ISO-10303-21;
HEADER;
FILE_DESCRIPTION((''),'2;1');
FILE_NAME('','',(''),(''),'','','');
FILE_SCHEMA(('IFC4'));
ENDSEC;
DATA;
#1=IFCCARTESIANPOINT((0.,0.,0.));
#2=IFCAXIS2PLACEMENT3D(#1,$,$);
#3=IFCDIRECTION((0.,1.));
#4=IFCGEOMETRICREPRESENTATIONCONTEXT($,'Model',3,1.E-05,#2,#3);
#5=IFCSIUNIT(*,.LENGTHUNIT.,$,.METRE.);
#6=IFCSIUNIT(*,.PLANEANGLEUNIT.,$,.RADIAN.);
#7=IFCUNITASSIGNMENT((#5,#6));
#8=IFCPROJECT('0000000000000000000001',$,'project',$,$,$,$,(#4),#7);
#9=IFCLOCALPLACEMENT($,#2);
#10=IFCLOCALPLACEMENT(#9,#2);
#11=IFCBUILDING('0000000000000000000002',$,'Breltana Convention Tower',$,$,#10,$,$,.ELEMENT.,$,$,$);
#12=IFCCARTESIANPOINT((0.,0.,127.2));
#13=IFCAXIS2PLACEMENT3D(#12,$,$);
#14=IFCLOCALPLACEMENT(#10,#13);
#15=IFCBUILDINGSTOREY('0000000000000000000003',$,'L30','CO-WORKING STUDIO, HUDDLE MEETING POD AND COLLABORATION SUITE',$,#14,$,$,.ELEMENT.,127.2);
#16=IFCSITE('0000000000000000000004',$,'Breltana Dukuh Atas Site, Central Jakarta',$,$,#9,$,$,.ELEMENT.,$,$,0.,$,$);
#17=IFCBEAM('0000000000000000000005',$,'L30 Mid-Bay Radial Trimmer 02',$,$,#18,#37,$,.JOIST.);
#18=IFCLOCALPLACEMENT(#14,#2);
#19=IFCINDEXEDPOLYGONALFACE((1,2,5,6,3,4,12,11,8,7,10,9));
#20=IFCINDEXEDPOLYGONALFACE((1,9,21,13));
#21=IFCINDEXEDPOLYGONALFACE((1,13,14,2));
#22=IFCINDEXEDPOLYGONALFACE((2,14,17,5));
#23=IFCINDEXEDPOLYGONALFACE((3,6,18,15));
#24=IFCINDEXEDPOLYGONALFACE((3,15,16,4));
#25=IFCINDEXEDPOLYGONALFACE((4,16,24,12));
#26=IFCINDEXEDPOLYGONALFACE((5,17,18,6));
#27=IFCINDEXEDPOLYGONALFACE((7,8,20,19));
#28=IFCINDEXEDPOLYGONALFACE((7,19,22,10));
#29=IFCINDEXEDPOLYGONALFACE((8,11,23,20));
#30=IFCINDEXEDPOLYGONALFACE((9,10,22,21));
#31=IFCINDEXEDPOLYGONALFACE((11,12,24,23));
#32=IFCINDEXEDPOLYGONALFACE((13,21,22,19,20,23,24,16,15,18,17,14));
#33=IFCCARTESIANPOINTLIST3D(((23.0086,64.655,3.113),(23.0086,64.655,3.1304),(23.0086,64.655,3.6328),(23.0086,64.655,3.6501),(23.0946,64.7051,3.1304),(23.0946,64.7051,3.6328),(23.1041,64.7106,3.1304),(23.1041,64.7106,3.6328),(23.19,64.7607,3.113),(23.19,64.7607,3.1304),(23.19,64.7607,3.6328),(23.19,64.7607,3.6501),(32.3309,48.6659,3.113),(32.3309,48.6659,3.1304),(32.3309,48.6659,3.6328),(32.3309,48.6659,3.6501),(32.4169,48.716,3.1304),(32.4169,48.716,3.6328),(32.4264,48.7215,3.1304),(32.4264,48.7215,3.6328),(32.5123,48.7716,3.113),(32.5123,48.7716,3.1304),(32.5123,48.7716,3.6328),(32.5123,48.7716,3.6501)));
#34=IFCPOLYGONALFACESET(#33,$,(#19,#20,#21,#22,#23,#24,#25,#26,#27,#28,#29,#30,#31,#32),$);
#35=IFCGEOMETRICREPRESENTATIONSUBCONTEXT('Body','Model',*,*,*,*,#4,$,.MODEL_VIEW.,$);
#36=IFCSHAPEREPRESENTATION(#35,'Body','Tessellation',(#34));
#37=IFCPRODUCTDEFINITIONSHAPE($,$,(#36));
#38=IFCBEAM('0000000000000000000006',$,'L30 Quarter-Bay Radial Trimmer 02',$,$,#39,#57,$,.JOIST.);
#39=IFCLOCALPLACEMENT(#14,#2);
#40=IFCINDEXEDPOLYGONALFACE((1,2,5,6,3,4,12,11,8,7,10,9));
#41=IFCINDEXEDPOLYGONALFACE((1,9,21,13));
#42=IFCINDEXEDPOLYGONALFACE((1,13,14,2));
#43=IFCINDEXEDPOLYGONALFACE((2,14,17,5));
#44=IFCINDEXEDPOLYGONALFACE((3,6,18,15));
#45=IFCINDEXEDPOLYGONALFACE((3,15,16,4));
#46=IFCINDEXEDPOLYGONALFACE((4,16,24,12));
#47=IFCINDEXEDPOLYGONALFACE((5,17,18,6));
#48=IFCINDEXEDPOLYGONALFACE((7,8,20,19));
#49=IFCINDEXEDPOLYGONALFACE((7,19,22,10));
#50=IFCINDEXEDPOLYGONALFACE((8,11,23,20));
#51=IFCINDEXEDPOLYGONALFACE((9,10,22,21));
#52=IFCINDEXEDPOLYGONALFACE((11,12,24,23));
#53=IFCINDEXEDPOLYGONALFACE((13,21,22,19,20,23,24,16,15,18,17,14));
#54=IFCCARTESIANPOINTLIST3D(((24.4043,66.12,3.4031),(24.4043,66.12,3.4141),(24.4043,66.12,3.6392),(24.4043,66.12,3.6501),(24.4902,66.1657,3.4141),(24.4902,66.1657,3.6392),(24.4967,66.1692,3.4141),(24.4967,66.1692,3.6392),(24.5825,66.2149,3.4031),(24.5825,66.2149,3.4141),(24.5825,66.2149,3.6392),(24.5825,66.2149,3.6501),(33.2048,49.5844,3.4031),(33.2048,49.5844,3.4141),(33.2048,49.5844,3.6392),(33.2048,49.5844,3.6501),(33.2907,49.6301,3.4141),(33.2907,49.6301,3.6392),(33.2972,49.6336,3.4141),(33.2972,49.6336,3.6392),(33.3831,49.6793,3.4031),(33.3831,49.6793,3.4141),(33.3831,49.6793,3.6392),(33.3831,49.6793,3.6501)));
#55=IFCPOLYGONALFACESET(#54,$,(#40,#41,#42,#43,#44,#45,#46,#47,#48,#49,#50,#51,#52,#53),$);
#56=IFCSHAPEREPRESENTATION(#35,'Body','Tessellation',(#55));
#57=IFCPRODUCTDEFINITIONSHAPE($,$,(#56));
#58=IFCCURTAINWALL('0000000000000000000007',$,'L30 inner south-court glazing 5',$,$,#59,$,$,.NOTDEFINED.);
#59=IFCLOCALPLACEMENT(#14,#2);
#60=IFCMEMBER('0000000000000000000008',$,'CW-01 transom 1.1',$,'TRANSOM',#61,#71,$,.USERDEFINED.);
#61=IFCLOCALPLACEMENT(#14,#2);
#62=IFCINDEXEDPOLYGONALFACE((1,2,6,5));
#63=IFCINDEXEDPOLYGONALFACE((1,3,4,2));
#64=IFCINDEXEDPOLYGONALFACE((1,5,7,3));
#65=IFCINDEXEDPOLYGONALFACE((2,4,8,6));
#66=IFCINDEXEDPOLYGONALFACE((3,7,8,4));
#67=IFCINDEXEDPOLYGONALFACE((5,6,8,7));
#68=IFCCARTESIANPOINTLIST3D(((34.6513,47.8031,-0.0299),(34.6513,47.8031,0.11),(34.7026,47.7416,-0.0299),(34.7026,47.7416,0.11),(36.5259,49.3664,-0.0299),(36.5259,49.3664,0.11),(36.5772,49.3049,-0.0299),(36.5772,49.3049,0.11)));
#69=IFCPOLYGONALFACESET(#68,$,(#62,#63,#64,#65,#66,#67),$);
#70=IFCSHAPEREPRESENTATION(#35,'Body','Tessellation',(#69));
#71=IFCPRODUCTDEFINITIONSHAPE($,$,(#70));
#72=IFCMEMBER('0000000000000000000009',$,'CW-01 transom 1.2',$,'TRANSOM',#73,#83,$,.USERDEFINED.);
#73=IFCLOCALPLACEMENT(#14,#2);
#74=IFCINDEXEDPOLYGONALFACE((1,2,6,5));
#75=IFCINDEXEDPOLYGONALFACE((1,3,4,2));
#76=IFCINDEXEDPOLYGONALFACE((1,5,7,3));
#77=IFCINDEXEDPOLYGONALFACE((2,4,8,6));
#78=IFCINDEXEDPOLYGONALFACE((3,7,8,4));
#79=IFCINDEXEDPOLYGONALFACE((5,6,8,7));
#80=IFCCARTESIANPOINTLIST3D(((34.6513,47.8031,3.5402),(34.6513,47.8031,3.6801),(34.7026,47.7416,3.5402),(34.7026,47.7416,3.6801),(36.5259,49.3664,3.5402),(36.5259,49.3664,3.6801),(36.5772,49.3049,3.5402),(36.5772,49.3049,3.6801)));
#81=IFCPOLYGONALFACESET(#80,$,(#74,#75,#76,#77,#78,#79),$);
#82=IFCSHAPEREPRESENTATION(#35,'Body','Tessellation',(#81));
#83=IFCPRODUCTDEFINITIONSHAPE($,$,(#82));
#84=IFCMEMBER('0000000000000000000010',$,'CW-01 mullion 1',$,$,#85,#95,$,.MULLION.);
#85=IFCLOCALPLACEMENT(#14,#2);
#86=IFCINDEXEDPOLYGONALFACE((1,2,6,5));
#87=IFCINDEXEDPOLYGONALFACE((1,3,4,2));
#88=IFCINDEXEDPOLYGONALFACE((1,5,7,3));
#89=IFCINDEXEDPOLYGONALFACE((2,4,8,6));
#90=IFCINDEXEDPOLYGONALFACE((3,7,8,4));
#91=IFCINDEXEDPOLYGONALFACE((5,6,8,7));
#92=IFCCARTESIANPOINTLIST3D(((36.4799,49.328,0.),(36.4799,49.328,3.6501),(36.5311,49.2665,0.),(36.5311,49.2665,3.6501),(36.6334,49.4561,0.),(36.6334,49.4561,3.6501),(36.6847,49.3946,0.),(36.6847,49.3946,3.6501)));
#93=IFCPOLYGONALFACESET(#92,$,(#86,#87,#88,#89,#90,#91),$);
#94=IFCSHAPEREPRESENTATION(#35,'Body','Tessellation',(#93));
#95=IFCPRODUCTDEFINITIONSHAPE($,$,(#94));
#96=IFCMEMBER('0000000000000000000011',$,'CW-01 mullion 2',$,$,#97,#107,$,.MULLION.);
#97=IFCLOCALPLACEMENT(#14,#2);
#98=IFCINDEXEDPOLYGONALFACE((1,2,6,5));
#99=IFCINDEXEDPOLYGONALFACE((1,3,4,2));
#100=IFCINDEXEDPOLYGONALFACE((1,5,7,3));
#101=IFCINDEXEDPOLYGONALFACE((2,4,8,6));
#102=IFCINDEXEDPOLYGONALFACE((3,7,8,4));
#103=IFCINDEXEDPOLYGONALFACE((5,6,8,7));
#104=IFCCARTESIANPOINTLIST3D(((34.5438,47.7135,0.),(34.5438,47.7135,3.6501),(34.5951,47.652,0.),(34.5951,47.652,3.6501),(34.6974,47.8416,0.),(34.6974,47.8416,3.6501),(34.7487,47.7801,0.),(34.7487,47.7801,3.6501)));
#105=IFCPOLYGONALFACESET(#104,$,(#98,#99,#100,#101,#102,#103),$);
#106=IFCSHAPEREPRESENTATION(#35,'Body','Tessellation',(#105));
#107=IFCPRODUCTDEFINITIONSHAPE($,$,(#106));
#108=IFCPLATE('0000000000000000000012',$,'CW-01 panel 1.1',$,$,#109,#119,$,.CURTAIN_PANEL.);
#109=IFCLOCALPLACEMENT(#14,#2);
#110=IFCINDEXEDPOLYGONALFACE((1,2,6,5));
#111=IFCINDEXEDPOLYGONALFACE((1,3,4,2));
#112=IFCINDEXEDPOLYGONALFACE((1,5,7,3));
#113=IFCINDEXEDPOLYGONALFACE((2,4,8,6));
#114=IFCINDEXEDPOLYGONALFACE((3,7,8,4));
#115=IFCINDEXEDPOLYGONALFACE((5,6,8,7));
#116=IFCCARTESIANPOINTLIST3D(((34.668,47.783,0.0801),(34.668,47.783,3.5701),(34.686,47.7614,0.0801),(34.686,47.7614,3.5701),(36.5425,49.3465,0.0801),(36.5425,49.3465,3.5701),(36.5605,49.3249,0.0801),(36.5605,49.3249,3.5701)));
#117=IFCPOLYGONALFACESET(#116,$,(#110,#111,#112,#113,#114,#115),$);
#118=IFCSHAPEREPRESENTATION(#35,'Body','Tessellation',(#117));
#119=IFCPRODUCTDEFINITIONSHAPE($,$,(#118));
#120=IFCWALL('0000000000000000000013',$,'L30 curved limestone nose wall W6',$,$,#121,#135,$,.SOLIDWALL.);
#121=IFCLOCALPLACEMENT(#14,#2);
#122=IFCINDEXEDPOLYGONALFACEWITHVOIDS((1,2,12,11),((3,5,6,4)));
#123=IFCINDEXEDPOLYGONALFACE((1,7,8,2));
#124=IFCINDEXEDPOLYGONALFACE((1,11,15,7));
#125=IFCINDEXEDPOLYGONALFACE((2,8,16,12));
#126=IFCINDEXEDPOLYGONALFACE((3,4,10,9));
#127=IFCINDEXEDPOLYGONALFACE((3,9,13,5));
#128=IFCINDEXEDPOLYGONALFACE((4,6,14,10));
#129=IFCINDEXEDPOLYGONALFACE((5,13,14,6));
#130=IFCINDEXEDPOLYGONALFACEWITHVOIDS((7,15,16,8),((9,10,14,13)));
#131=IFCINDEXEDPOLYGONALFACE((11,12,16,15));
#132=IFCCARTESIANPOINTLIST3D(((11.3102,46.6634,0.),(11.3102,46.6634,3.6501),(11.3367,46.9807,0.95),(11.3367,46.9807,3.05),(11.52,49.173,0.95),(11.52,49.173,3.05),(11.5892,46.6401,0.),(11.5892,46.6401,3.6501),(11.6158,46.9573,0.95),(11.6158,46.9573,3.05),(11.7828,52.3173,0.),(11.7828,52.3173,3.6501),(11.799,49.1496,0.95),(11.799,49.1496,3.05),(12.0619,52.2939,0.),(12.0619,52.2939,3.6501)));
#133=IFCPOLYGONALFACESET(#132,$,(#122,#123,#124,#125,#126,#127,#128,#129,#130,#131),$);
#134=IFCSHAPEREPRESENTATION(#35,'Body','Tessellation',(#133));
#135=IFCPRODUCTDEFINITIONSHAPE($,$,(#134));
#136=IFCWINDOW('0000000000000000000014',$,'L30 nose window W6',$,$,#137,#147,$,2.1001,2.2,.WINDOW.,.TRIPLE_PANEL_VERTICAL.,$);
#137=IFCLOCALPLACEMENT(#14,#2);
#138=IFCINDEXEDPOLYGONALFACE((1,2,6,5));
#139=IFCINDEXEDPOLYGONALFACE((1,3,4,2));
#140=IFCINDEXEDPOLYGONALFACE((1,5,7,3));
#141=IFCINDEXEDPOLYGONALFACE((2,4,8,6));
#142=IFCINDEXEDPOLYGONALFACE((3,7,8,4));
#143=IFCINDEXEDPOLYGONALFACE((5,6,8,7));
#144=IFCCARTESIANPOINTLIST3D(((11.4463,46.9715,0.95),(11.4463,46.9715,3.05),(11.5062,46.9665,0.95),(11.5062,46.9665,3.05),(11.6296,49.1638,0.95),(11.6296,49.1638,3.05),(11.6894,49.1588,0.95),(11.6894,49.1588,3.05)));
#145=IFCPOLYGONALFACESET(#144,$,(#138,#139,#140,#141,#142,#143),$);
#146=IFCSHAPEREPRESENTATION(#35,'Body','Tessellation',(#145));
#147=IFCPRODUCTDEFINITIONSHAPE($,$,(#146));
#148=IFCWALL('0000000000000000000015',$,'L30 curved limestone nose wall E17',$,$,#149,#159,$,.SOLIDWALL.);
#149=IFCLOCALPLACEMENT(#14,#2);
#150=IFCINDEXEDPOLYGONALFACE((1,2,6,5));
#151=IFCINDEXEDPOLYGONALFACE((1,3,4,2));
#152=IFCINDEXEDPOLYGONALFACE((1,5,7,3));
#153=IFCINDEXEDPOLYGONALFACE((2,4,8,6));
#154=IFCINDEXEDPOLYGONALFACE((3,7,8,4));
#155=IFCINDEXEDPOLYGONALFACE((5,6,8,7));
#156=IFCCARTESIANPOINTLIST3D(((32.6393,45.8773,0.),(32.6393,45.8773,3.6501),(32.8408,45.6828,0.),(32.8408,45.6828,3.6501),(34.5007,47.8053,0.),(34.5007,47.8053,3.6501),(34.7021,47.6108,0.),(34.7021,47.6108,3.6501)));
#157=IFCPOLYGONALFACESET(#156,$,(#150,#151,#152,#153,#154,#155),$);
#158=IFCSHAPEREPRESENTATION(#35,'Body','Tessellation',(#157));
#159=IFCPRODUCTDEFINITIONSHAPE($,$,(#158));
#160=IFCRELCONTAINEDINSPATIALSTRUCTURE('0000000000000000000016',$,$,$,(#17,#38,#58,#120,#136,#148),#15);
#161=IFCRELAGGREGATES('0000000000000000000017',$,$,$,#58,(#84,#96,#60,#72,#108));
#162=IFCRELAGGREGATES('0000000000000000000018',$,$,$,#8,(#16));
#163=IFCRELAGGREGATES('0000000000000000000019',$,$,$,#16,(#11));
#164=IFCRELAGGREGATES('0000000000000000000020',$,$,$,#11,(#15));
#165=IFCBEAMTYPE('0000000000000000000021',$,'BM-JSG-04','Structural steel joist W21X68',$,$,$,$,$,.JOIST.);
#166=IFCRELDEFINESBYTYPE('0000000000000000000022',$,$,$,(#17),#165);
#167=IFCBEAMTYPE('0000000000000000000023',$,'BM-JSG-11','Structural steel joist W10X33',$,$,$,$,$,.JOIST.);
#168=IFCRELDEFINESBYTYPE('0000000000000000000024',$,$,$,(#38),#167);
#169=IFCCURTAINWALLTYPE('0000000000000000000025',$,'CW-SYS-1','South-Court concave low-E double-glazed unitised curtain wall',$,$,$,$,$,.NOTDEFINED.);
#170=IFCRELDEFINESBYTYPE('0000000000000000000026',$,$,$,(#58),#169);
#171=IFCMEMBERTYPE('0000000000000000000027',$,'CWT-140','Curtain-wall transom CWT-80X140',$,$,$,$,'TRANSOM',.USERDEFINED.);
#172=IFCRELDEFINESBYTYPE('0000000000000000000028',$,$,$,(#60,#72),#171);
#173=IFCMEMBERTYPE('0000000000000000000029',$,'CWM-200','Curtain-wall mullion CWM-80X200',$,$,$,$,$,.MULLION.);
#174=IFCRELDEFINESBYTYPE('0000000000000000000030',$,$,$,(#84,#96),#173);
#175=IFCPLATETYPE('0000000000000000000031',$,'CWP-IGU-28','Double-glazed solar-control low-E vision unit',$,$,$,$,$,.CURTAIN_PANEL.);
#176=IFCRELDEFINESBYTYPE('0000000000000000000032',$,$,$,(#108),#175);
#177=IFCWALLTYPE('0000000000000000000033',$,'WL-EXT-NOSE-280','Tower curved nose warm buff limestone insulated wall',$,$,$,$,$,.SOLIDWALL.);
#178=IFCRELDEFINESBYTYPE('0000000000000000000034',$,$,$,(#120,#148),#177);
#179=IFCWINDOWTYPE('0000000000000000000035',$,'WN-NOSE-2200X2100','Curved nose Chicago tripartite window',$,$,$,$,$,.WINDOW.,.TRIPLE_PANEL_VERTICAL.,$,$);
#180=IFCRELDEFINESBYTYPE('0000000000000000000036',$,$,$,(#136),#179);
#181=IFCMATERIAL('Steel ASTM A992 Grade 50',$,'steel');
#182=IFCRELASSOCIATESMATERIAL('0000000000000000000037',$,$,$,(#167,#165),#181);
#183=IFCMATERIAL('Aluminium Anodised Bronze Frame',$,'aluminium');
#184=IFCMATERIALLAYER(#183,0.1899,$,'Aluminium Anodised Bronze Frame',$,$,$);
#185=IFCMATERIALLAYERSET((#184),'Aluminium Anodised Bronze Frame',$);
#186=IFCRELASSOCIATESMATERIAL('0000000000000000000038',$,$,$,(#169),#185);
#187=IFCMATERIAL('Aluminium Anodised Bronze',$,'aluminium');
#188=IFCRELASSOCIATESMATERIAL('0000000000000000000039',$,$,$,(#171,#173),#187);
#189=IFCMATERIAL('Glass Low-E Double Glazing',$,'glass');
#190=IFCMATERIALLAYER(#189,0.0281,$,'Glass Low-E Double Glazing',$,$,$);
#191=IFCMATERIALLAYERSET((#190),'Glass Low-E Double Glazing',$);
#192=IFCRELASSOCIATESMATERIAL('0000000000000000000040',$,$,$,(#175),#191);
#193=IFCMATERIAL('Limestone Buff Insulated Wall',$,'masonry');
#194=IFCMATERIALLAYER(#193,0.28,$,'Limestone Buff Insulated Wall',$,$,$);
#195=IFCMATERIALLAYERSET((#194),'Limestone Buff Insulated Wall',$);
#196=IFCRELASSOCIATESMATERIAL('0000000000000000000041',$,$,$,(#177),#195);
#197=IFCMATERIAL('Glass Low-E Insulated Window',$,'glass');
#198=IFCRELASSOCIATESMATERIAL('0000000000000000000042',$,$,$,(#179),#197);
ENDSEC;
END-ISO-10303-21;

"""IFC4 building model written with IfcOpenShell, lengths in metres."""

from ifc_helpers import new_model, si_unit, direction, frame, frame_2d, origin, origin_2d, place, context, subcontext, project, spatial, rectangle, i_section, extrude, source, transform, mapped, material, layer, layer_set, material_profile, profile_set, type_object, type_shapes, element, fill, aggregate, save


model = new_model("IFC4")

# Units and contexts
model_context = context("Model", 3, precision=1e-05, world=origin(), true_north=direction((0.0, 1.0)))
body_context = subcontext(model_context, "Body", "Model", "MODEL_VIEW")
ifc_project = project(units=[si_unit("LENGTHUNIT", "METRE"), si_unit("PLANEANGLEUNIT", "RADIAN")], contexts=[model_context])

# Site, building, storey
site_placement = place(None, origin())
site = spatial("IfcSite", under=ifc_project, at=site_placement, Name="Breltana Dukuh Atas Site, Central Jakarta", CompositionType="ELEMENT", RefElevation=0.0)
building_placement = place(site_placement, origin())
building = spatial("IfcBuilding", under=site, at=building_placement, Name="Breltana Convention Tower", CompositionType="ELEMENT")
storey_placement = place(building_placement, frame((0.0, 0.0, 127.2)))
storey = spatial("IfcBuildingStorey", under=building, at=storey_placement, Name="L30", Description="CO-WORKING STUDIO, HUDDLE MEETING POD AND COLLABORATION SUITE", CompositionType="ELEMENT", Elevation=127.2)

# Beams
ifc_material_1 = material(Name="Steel ASTM A992 Grade 50", Category="steel")
ifc_material_profile_1 = material_profile(ifc_material_1, i_section(OverallWidth=0.2019, OverallDepth=0.2471, WebThickness=0.0073, FlangeThickness=0.011, at=origin_2d()), Name="W10X33")
ifc_profile_set_1 = profile_set([ifc_material_profile_1], Name="Steel ASTM A992 Grade 50")
beam_type_1 = type_object("IfcBeamType", Name="BM-JSG-11", Description="Structural steel joist W10X33", PredefinedType="JOIST", material=ifc_profile_set_1)
ifc_material_profile_2 = material_profile(ifc_material_1, i_section(OverallWidth=0.21, OverallDepth=0.5371, WebThickness=0.011, FlangeThickness=0.0173, at=origin_2d()), Name="W21X68")
ifc_profile_set_2 = profile_set([ifc_material_profile_2], Name="Steel ASTM A992 Grade 50")
beam_type_2 = type_object("IfcBeamType", Name="BM-JSG-04", Description="Structural steel joist W21X68", PredefinedType="JOIST", material=ifc_profile_set_2)
shared_shape_1 = source(origin(), body_context, "Body", "SweptSolid", [
    extrude(i_section(OverallWidth=0.21, OverallDepth=0.5371, WebThickness=0.011, FlangeThickness=0.0173, at=origin_2d()), origin(), (0.0, 0.0, 1.0), 18.5083),
])
beam_1_placement = place(storey_placement, frame((32.4216, 48.7188, 3.3816), z_axis=(-0.503683, 0.863888, 0.0), x_axis=(-0.863888, -0.503683, 0.0)))
element("IfcBeam", 1, at=beam_1_placement, inside=storey, type_object=beam_type_2, Name="L30 Mid-Bay Radial Trimmer 02", PredefinedType="JOIST", context=body_context, shape_type="MappedRepresentation", body=[
    mapped(shared_shape_1, transform((0.0, 0.0, 0.0), scale=1.0)),
])
shared_shape_2 = source(origin(), body_context, "Body", "SweptSolid", [
    extrude(i_section(OverallWidth=0.2019, OverallDepth=0.2471, WebThickness=0.0073, FlangeThickness=0.011, at=origin_2d()), origin(), (0.0, 0.0, 1.0), 18.7317),
])
beam_2_placement = place(storey_placement, frame((33.2939, 49.6318, 3.5266), z_axis=(-0.46982, 0.882762, 0.0), x_axis=(-0.882762, -0.46982, 0.0)))
element("IfcBeam", 2, at=beam_2_placement, inside=storey, type_object=beam_type_1, Name="L30 Quarter-Bay Radial Trimmer 02", PredefinedType="JOIST", context=body_context, shape_type="MappedRepresentation", body=[
    mapped(shared_shape_2, transform((0.0, 0.0, 0.0), scale=1.0)),
])

# Curtain wall, members, plate
ifc_material_2 = material(Name="Aluminium Anodised Bronze Frame", Category="aluminium")
ifc_layer_1 = layer(ifc_material_2, 0.1899, Name="Aluminium Anodised Bronze Frame")
ifc_layer_set_1 = layer_set([ifc_layer_1], Name="Aluminium Anodised Bronze Frame")
curtain_wall_type = type_object("IfcCurtainWallType", Name="CW-SYS-1", Description="South-Court concave low-E double-glazed unitised curtain wall", PredefinedType="NOTDEFINED", material=ifc_layer_set_1)
curtain_wall_placement = place(storey_placement, origin())
curtain_wall = element("IfcCurtainWall", 3, at=curtain_wall_placement, inside=storey, type_object=curtain_wall_type, Name="L30 inner south-court glazing 5", PredefinedType="NOTDEFINED")
ifc_material_3 = material(Name="Aluminium Anodised Bronze", Category="aluminium")
ifc_material_profile_3 = material_profile(ifc_material_3, rectangle(XDim=0.0801, YDim=0.1399, at=origin_2d()), Name="CWT-80X140")
ifc_profile_set_3 = profile_set([ifc_material_profile_3], Name="Aluminium Anodised Bronze")
member_type_1 = type_object("IfcMemberType", Name="CWT-140", Description="Curtain-wall transom CWT-80X140", ElementType="TRANSOM", PredefinedType="USERDEFINED", material=ifc_profile_set_3)
shared_shape_3 = source(origin(), body_context, "Body", "SweptSolid", [
    extrude(rectangle(XDim=0.0801, YDim=0.1399, at=origin_2d()), origin(), (0.0, 0.0, 1.0), 2.4409),
])
member_1_placement = place(storey_placement, frame((36.5515, 49.3357, 0.04), z_axis=(-0.767992, -0.64046, 0.0), x_axis=(0.64046, -0.767992, 0.0)))
member_1 = element("IfcMember", 4, at=member_1_placement, type_object=member_type_1, Name="CW-01 transom 1.1", ObjectType="TRANSOM", PredefinedType="USERDEFINED", context=body_context, shape_type="MappedRepresentation", body=[
    mapped(shared_shape_3, transform((0.0, 0.0, 0.0), scale=1.0)),
])
member_2_placement = place(storey_placement, frame((36.5515, 49.3357, 3.6101), z_axis=(-0.767992, -0.64046, 0.0), x_axis=(0.64046, -0.767992, 0.0)))
member_2 = element("IfcMember", 5, at=member_2_placement, type_object=member_type_1, Name="CW-01 transom 1.2", ObjectType="TRANSOM", PredefinedType="USERDEFINED", context=body_context, shape_type="MappedRepresentation", body=[
    mapped(shared_shape_3, transform((0.0, 0.0, 0.0), scale=1.0)),
])
ifc_material_profile_4 = material_profile(ifc_material_3, rectangle(XDim=0.0801, YDim=0.2, at=origin_2d()), Name="CWM-80X200")
ifc_profile_set_4 = profile_set([ifc_material_profile_4], Name="Aluminium Anodised Bronze")
member_type_2 = type_object("IfcMemberType", Name="CWM-200", Description="Curtain-wall mullion CWM-80X200", PredefinedType="MULLION", material=ifc_profile_set_4)
shared_shape_4 = source(origin(), body_context, "Body", "SweptSolid", [
    extrude(rectangle(XDim=0.0801, YDim=0.2, at=origin_2d()), origin(), (0.0, 0.0, 1.0), 3.6501),
])
member_3_placement = place(storey_placement, frame((36.5823, 49.3613, 0.0), z_axis=(0.0, 0.0, 1.0), x_axis=(0.640521, -0.767941, 0.0)))
member_3 = element("IfcMember", 6, at=member_3_placement, type_object=member_type_2, Name="CW-01 mullion 1", PredefinedType="MULLION", context=body_context, shape_type="MappedRepresentation", body=[
    mapped(shared_shape_4, transform((0.0, 0.0, 0.0), scale=1.0)),
])
member_4_placement = place(storey_placement, frame((34.6462, 47.7468, 0.0), z_axis=(0.0, 0.0, 1.0), x_axis=(0.640521, -0.767941, 0.0)))
member_4 = element("IfcMember", 7, at=member_4_placement, type_object=member_type_2, Name="CW-01 mullion 2", PredefinedType="MULLION", context=body_context, shape_type="MappedRepresentation", body=[
    mapped(shared_shape_4, transform((0.0, 0.0, 0.0), scale=1.0)),
])
ifc_material_4 = material(Name="Glass Low-E Double Glazing", Category="glass")
ifc_layer_2 = layer(ifc_material_4, 0.0281, Name="Glass Low-E Double Glazing")
ifc_layer_set_2 = layer_set([ifc_layer_2], Name="Glass Low-E Double Glazing")
plate_type = type_object("IfcPlateType", Name="CWP-IGU-28", Description="Double-glazed solar-control low-E vision unit", PredefinedType="CURTAIN_PANEL", material=ifc_layer_set_2)
shared_shape_5 = source(origin(), body_context, "Body", "SweptSolid", [
    extrude(rectangle(XDim=2.4409, YDim=0.0281, at=origin_2d()), origin(), (0.0, 0.0, 1.0), 3.49),
])
plate_placement = place(storey_placement, frame((35.6143, 48.554, 0.0801), z_axis=(0.0, 0.0, 1.0), x_axis=(-0.767941, -0.640521, 0.0)))
plate = element("IfcPlate", 8, at=plate_placement, type_object=plate_type, Name="CW-01 panel 1.1", PredefinedType="CURTAIN_PANEL", context=body_context, shape_type="MappedRepresentation", body=[
    mapped(shared_shape_5, transform((0.0, 0.0, 0.0), scale=1.0)),
])
aggregate(curtain_wall, [member_3, member_4, member_1, member_2, plate])

# Wall, opening, window
ifc_material_5 = material(Name="Limestone Buff Insulated Wall", Category="masonry")
ifc_layer_3 = layer(ifc_material_5, 0.28, Name="Limestone Buff Insulated Wall")
ifc_layer_set_3 = layer_set([ifc_layer_3], Name="Limestone Buff Insulated Wall")
wall_type_1 = type_object("IfcWallType", Name="WL-EXT-NOSE-280", Description="Tower curved nose warm buff limestone insulated wall", PredefinedType="SOLIDWALL", material=ifc_layer_set_3)
shared_shape_6 = source(origin(), body_context, "Body", "SweptSolid", [
    extrude(rectangle(XDim=5.6736, YDim=0.28, at=frame_2d((2.8369, 0.0))), origin(), (0.0, 0.0, 1.0), 3.6501),
])
wall_1_placement = place(storey_placement, frame((11.4497, 46.6516, 0.0), z_axis=(0.0, 0.0, 1.0), x_axis=(0.083309, 0.996524, 0.0)))
wall_1 = element("IfcWall", 9, at=wall_1_placement, inside=storey, type_object=wall_type_1, Name="L30 curved limestone nose wall W6", PredefinedType="SOLIDWALL", context=body_context, shape_type="MappedRepresentation", body=[
    mapped(shared_shape_6, transform((0.0, 0.0, 0.0), scale=1.0)),
])
opening_placement = place(wall_1_placement, frame((0.3184, 0.0, 0.95)))
opening = element("IfcOpeningElement", 10, at=opening_placement, cuts=wall_1, PredefinedType="OPENING", context=body_context, shape_type="SweptSolid", body=[
    extrude(rectangle(XDim=2.2, YDim=2.1001, at=frame_2d((1.1001, 1.05))), frame((0.0, 0.1499, 0.0), z_axis=(0.0, -1.0, 0.0), x_axis=(1.0, 0.0, 0.0)), (0.0, 0.0, 1.0), 0.3),
])
ifc_material_6 = material(Name="Glass Low-E Insulated Window", Category="glass")
window_type = type_object("IfcWindowType", Name="WN-NOSE-2200X2100", Description="Curved nose Chicago tripartite window", PartitioningType="TRIPLE_PANEL_VERTICAL", PredefinedType="WINDOW", material=ifc_material_6)
shared_shape_7 = source(origin(), body_context, "Body", "SweptSolid", [
    extrude(rectangle(XDim=2.2, YDim=2.1001, at=frame_2d((1.1001, 1.05))), frame((0.0, 0.03, 0.0), z_axis=(0.0, -1.0, 0.0), x_axis=(1.0, 0.0, 0.0)), (0.0, 0.0, 1.0), 0.0601),
])
type_shapes(window_type, [shared_shape_7])
window_placement = place(opening_placement, origin())
window = element("IfcWindow", 11, at=window_placement, inside=storey, type_object=window_type, Name="L30 nose window W6", OverallHeight=2.1001, OverallWidth=2.2, PartitioningType="TRIPLE_PANEL_VERTICAL", PredefinedType="WINDOW", context=body_context, shape_type="MappedRepresentation", body=[
    mapped(shared_shape_7, transform((0.0, 0.0, 0.0), scale=1.0)),
])
fill(opening, window)

# Wall
shared_shape_8 = source(origin(), body_context, "Body", "SweptSolid", [
    extrude(rectangle(XDim=2.6799, YDim=0.28, at=frame_2d((1.3398, 0.0))), origin(), (0.0, 0.0, 1.0), 3.6501),
])
wall_2_placement = place(storey_placement, frame((34.6013, 47.708, 0.0), z_axis=(0.0, 0.0, 1.0), x_axis=(-0.694562, -0.719433, 0.0)))
element("IfcWall", 12, at=wall_2_placement, inside=storey, type_object=wall_type_1, Name="L30 curved limestone nose wall E17", PredefinedType="SOLIDWALL", context=body_context, shape_type="MappedRepresentation", body=[
    mapped(shared_shape_8, transform((0.0, 0.0, 0.0), scale=1.0)),
])

save(model, "model.ifc")
